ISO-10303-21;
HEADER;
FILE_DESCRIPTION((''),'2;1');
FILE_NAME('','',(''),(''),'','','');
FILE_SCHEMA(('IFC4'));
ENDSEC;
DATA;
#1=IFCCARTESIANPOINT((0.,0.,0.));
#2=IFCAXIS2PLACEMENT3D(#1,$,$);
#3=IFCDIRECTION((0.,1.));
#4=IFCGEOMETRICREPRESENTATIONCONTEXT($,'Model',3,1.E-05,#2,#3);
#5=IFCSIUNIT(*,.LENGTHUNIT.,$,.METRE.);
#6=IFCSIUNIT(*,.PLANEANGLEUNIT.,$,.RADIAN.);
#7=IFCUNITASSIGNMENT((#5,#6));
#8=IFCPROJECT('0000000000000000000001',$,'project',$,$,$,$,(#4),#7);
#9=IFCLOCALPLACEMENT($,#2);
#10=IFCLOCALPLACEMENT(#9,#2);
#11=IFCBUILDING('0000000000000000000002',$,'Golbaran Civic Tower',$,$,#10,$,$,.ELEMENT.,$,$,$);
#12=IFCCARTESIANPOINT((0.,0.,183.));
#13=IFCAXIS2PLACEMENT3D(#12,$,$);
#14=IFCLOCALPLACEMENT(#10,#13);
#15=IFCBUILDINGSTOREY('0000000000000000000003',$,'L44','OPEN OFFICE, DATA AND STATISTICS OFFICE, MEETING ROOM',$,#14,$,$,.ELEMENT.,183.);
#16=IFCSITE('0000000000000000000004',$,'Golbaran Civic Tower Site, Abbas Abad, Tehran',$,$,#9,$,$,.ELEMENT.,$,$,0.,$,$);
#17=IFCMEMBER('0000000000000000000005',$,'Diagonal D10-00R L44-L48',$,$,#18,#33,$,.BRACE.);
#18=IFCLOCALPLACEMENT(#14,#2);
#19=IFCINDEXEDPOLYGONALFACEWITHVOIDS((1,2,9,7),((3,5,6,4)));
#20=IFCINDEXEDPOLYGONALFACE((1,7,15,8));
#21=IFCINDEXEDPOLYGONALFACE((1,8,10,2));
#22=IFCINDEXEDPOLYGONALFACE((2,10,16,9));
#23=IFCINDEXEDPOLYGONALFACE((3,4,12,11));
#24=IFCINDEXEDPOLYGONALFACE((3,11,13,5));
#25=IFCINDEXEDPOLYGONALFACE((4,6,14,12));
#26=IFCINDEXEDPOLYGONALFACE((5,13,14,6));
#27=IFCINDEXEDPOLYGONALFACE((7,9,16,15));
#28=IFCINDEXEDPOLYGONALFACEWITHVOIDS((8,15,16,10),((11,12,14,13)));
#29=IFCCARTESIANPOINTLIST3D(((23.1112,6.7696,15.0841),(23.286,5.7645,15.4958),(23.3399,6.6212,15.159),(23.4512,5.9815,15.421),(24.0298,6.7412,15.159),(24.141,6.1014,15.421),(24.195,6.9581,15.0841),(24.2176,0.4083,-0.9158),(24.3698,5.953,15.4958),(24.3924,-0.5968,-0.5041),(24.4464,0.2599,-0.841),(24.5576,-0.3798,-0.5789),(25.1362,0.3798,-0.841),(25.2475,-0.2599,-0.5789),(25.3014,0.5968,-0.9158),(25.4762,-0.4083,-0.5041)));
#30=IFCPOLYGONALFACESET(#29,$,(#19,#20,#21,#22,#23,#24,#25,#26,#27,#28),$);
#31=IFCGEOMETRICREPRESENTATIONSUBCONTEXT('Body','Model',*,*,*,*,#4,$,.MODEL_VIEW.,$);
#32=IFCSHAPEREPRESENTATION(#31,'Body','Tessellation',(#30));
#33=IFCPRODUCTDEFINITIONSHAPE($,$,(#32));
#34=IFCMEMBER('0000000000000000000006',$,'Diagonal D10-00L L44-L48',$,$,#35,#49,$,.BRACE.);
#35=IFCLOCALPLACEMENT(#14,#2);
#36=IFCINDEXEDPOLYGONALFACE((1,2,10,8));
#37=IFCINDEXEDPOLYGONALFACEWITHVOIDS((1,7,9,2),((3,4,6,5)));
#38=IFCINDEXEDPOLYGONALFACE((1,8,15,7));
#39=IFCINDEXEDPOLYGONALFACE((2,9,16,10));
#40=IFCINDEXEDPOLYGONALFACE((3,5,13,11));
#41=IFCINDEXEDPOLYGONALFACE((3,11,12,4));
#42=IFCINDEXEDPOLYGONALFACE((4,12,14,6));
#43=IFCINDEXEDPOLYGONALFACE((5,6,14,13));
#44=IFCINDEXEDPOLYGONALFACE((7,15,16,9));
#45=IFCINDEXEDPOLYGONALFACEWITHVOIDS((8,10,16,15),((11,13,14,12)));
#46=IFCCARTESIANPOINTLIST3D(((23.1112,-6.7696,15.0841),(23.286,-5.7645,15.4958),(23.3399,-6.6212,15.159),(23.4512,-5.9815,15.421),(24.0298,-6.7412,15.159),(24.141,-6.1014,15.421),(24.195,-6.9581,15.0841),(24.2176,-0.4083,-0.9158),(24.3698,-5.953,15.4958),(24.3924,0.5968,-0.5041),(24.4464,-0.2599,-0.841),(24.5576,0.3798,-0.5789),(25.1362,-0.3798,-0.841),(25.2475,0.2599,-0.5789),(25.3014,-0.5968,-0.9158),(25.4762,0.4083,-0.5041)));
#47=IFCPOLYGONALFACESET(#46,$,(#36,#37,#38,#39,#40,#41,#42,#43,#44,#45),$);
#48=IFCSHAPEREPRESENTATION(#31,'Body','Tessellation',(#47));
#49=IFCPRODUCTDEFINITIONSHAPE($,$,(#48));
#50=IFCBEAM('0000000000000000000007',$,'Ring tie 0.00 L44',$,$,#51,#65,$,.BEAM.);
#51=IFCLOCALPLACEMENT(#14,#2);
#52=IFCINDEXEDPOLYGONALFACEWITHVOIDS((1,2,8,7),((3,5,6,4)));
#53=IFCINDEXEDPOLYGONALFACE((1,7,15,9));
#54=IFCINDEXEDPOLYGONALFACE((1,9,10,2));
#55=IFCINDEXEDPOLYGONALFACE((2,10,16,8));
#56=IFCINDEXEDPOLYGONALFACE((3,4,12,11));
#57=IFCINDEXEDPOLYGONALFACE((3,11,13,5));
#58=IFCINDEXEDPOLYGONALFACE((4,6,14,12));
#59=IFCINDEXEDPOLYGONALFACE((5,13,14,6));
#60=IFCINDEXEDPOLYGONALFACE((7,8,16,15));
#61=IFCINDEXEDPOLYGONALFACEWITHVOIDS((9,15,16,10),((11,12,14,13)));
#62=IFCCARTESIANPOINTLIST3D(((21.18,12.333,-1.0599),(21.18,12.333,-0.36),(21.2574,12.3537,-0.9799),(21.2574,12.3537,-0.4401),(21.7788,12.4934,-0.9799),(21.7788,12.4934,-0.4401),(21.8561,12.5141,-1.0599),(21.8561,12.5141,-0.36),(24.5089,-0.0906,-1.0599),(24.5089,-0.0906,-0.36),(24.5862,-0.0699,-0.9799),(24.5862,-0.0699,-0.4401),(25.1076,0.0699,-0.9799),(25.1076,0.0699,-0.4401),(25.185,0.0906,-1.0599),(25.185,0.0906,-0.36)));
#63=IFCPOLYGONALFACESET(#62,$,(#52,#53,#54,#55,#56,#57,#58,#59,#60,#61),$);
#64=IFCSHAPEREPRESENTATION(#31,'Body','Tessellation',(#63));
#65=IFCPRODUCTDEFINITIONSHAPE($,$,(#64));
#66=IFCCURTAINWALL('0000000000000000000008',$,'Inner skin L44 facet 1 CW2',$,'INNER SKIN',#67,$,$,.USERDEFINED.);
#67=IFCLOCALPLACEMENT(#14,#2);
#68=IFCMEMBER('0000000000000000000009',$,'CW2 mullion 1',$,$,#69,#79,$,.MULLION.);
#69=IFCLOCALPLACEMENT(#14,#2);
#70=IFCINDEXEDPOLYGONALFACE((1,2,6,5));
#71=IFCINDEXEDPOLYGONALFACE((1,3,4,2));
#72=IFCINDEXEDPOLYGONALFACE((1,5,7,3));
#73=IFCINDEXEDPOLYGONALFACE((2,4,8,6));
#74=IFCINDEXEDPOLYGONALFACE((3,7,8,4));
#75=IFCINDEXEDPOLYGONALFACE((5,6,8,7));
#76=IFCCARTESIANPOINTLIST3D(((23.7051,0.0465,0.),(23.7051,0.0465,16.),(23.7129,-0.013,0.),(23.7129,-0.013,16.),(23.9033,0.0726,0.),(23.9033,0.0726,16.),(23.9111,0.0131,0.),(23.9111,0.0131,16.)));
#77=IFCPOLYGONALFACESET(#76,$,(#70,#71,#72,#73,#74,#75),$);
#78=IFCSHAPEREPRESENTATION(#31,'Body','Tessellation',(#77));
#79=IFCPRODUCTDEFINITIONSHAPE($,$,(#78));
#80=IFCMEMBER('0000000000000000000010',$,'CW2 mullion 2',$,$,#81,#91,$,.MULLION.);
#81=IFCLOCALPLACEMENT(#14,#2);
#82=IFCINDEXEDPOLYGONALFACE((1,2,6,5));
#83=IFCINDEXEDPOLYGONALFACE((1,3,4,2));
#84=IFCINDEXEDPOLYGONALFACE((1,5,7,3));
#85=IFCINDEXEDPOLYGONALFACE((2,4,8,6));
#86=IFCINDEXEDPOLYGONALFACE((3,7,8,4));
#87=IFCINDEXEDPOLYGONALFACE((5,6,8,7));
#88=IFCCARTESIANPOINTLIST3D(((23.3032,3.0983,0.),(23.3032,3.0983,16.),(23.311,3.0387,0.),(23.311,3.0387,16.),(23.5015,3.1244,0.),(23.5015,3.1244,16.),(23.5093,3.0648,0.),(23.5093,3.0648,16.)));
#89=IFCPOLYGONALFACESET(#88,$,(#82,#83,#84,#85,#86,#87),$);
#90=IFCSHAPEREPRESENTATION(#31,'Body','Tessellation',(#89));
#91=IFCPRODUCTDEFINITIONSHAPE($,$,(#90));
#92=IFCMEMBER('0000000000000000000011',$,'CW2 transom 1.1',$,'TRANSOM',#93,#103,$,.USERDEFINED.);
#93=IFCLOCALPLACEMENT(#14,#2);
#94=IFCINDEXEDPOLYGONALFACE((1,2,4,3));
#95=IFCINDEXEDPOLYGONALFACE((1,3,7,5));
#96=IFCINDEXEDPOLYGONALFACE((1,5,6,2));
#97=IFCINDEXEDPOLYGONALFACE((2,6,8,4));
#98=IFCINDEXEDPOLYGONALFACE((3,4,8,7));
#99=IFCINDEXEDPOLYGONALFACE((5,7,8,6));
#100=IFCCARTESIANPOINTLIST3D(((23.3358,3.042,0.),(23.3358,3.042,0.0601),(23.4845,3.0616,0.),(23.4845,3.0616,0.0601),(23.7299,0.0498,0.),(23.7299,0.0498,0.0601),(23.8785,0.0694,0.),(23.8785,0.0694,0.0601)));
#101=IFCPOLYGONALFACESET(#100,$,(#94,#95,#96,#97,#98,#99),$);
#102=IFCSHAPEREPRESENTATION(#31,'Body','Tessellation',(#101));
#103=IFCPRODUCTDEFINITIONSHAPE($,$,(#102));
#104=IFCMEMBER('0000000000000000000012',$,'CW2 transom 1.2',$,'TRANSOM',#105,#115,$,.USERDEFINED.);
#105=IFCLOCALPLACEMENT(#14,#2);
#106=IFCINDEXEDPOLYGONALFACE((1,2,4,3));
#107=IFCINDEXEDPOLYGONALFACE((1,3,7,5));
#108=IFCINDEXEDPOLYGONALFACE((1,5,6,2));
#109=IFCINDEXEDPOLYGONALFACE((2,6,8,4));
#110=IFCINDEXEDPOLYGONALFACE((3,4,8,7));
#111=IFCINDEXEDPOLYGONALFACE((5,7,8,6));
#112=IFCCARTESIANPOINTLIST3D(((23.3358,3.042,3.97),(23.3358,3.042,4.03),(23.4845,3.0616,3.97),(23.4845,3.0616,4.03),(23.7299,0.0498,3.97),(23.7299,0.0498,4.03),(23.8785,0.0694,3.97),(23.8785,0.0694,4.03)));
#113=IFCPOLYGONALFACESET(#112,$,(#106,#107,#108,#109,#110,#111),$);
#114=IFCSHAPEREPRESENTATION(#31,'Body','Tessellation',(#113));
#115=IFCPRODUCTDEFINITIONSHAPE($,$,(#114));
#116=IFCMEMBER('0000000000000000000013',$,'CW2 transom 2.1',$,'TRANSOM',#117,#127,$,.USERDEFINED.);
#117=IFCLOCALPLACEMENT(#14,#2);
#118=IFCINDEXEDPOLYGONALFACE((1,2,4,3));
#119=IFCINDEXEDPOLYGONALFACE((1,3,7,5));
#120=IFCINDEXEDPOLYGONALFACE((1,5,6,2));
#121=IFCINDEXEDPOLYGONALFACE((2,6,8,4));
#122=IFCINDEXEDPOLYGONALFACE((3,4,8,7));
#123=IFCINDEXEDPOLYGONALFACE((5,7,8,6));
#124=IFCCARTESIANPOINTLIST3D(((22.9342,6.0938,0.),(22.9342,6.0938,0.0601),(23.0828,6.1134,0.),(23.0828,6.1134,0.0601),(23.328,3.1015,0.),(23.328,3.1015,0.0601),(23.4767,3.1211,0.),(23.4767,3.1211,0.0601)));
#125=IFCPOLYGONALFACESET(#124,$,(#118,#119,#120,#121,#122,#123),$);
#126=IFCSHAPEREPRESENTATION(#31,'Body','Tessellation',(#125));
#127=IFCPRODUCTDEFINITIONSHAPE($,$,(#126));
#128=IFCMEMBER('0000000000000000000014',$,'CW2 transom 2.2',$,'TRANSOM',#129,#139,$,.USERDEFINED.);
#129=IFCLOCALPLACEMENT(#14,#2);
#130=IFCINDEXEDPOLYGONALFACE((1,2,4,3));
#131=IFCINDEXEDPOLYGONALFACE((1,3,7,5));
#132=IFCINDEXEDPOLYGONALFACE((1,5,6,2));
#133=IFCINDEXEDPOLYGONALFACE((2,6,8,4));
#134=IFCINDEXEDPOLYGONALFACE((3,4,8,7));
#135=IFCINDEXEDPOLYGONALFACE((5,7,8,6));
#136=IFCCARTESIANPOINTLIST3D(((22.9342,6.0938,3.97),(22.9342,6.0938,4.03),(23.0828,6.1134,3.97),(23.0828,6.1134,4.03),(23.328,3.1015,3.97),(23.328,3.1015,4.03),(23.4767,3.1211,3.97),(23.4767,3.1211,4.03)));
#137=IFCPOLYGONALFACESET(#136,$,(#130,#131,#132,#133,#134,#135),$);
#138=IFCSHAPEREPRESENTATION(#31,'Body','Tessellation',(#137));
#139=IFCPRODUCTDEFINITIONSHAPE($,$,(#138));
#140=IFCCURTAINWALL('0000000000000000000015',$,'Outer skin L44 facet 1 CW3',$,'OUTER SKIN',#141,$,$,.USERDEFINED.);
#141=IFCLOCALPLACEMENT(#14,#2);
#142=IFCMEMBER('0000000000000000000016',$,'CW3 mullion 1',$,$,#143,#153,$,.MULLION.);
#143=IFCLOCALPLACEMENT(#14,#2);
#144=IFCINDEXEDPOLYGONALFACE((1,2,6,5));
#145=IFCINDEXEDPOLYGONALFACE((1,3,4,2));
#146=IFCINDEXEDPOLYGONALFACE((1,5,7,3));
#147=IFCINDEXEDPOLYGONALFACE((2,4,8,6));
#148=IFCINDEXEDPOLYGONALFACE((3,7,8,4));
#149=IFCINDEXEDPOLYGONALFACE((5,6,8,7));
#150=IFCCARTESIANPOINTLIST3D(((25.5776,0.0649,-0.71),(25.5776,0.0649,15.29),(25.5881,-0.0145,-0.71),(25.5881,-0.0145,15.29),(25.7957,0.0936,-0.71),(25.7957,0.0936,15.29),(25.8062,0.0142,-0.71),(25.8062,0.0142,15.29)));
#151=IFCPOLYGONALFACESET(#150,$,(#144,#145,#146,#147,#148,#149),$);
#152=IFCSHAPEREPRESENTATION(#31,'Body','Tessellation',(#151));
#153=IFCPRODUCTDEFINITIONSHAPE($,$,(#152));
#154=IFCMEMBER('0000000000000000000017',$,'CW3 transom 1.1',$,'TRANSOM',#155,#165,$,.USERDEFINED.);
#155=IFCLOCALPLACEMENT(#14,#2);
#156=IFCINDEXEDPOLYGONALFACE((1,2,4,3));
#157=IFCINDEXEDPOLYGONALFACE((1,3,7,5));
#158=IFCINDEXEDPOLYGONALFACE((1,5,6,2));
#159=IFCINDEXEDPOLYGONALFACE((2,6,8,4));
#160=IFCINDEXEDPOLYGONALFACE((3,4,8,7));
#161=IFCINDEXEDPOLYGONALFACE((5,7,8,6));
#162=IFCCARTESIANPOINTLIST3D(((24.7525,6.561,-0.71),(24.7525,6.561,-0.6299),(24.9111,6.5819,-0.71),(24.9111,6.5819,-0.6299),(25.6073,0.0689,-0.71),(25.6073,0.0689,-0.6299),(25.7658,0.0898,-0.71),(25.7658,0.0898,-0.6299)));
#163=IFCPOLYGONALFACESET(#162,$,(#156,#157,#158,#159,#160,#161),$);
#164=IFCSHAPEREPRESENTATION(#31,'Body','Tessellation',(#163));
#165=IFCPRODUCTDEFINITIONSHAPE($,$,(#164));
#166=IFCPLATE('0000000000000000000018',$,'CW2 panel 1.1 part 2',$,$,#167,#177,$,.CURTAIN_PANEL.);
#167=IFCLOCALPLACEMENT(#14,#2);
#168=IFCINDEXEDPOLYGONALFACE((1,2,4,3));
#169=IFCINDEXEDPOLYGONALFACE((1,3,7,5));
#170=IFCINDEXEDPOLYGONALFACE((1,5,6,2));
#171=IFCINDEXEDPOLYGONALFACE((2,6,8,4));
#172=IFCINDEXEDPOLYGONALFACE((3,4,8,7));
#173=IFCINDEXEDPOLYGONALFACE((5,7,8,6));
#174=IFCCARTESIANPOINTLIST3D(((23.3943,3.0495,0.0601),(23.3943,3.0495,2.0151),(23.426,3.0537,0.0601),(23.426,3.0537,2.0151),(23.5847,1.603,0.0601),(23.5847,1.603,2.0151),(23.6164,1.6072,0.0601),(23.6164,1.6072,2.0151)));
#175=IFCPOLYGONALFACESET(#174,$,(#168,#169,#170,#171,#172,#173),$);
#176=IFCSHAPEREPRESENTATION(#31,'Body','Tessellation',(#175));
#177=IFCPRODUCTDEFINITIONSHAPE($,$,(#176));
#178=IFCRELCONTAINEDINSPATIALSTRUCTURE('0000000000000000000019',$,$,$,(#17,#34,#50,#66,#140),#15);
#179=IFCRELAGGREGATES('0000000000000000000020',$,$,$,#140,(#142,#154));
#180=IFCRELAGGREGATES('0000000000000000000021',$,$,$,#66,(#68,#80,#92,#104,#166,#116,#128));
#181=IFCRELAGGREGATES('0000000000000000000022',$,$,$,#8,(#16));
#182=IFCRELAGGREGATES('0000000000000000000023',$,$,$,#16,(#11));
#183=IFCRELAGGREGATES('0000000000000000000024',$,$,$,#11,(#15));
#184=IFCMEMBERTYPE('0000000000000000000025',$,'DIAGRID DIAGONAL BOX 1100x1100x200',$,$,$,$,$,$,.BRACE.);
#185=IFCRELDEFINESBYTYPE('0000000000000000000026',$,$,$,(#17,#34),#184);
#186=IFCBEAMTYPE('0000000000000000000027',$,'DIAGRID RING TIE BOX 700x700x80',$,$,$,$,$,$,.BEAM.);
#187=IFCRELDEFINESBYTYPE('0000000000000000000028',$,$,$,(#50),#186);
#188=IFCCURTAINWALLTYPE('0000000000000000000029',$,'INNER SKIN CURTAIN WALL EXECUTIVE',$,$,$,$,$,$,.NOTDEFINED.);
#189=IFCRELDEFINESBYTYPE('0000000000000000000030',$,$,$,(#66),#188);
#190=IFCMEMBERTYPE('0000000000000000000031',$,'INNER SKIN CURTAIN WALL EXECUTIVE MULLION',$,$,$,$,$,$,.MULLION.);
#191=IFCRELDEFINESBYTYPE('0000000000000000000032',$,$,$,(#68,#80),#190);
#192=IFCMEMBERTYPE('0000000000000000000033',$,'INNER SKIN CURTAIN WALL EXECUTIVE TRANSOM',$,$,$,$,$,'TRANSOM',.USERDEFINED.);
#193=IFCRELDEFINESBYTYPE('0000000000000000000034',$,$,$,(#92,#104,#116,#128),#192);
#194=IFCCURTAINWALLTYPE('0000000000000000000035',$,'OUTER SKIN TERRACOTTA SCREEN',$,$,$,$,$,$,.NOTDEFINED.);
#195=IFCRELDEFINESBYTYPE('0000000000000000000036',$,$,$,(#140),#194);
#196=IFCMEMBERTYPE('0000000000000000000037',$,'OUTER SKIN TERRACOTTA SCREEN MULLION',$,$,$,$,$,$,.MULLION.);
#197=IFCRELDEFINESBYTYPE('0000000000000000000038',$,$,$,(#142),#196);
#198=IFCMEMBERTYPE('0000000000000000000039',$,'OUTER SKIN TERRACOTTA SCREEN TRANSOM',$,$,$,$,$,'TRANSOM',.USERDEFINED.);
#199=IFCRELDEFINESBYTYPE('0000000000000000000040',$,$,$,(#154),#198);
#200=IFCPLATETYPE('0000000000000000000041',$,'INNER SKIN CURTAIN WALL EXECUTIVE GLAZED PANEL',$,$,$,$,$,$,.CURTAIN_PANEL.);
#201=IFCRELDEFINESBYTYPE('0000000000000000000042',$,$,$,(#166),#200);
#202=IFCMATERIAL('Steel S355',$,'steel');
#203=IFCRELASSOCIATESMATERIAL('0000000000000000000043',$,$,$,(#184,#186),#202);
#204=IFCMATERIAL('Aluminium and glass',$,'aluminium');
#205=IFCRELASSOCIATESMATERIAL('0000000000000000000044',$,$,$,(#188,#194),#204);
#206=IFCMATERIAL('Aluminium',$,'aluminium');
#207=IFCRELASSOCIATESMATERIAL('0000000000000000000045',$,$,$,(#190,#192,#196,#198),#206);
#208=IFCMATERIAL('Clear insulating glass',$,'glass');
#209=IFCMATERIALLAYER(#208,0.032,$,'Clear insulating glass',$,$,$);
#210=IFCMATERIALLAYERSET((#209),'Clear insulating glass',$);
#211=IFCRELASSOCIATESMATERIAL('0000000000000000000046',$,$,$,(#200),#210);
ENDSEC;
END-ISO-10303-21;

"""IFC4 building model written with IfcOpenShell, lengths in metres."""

from ifc_helpers import new_model, si_unit, direction, frame, origin, origin_2d, place, context, subcontext, project, spatial, rectangle, hollow_rectangle, extrude, material, layer, layer_set, material_profile, profile_set, type_object, element, aggregate, save


model = new_model("IFC4")

# Units and contexts
model_context = context("Model", 3, precision=1e-05, world=origin(), true_north=direction((0.0, 1.0)))
body_context = subcontext(model_context, "Body", "Model", "MODEL_VIEW")
ifc_project = project(units=[si_unit("LENGTHUNIT", "METRE"), si_unit("PLANEANGLEUNIT", "RADIAN")], contexts=[model_context])

# Site, building, storey
site_placement = place(None, origin())
site = spatial("IfcSite", under=ifc_project, at=site_placement, Name="Golbaran Civic Tower Site, Abbas Abad, Tehran", CompositionType="ELEMENT", RefElevation=0.0)
building_placement = place(site_placement, origin())
building = spatial("IfcBuilding", under=site, at=building_placement, Name="Golbaran Civic Tower", CompositionType="ELEMENT")
storey_placement = place(building_placement, frame((0.0, 0.0, 183.0)))
storey = spatial("IfcBuildingStorey", under=building, at=storey_placement, Name="L44", Description="OPEN OFFICE, DATA AND STATISTICS OFFICE, MEETING ROOM", CompositionType="ELEMENT", Elevation=183.0)

# Members
ifc_material_1 = material(Name="Steel S355", Category="steel")
ifc_material_profile_1 = material_profile(ifc_material_1, hollow_rectangle(XDim=1.1001, YDim=1.1001, WallThickness=0.2, at=origin_2d()), Name="BOX 1100x1100x200")
ifc_profile_set_1 = profile_set([ifc_material_profile_1], Name="Steel S355")
member_type_1 = type_object("IfcMemberType", Name="DIAGRID DIAGONAL BOX 1100x1100x200", PredefinedType="BRACE", material=ifc_profile_set_1)
for number, where, z_axis, x_axis, name in (
    (1, (24.8469, 0.0, -0.71), (-0.064128, 0.368693, 0.927336), (-0.985208, -0.17136, 0.0), "Diagonal D10-00R L44-L48"),
    (2, (24.8469, 0.0, -0.71), (-0.064128, -0.368693, 0.927336), (0.985208, -0.17136, 0.0), "Diagonal D10-00L L44-L48"),
):
    element("IfcMember", number, at=place(storey_placement, frame(where, z_axis=z_axis, x_axis=x_axis)), inside=storey, type_object=member_type_1, Name=name, PredefinedType="BRACE", context=body_context, shape_type="SweptSolid", body=[
        extrude(hollow_rectangle(XDim=1.1001, YDim=1.1001, WallThickness=0.2, at=origin_2d()), origin(), (0.0, 0.0, 1.0), 17.2537),
    ])

# Beam
ifc_material_profile_2 = material_profile(ifc_material_1, hollow_rectangle(XDim=0.7, YDim=0.7, WallThickness=0.0801, at=origin_2d()), Name="BOX 700x700x80")
ifc_profile_set_2 = profile_set([ifc_material_profile_2], Name="Steel S355")
beam_type = type_object("IfcBeamType", Name="DIAGRID RING TIE BOX 700x700x80", PredefinedType="BEAM", material=ifc_profile_set_2)
beam_placement = place(storey_placement, frame((24.8469, 0.0, -0.71), z_axis=(-0.258817, 0.965926, 0.0), x_axis=(-0.965926, -0.258817, 0.0)))
element("IfcBeam", 3, at=beam_placement, inside=storey, type_object=beam_type, Name="Ring tie 0.00 L44", PredefinedType="BEAM", context=body_context, shape_type="SweptSolid", body=[
    extrude(hollow_rectangle(XDim=0.7, YDim=0.7, WallThickness=0.0801, at=origin_2d()), origin(), (0.0, 0.0, 1.0), 12.8618),
])

# Curtain walls, members
ifc_material_2 = material(Name="Aluminium and glass", Category="aluminium")
curtain_wall_type_1 = type_object("IfcCurtainWallType", Name="INNER SKIN CURTAIN WALL EXECUTIVE", PredefinedType="NOTDEFINED", material=ifc_material_2)
curtain_wall_1_placement = place(storey_placement, origin())
curtain_wall_1 = element("IfcCurtainWall", 4, at=curtain_wall_1_placement, inside=storey, type_object=curtain_wall_type_1, Name="Inner skin L44 facet 1 CW2", ObjectType="INNER SKIN", PredefinedType="USERDEFINED")
ifc_material_3 = material(Name="Aluminium", Category="aluminium")
ifc_material_profile_3 = material_profile(ifc_material_3, rectangle(XDim=0.2, YDim=0.0601, at=origin_2d()), Name="INNER SKIN CURTAIN WALL EXECUTIVE MULLION")
ifc_profile_set_3 = profile_set([ifc_material_profile_3], Name="Aluminium")
member_type_2 = type_object("IfcMemberType", Name="INNER SKIN CURTAIN WALL EXECUTIVE MULLION", PredefinedType="MULLION", material=ifc_profile_set_3)
member_1_placement = place(storey_placement, frame((23.8081, 0.0298, 0.0), z_axis=(0.0, 0.0, 1.0), x_axis=(-0.991445, -0.130526, 0.0)))
member_1 = element("IfcMember", 5, at=member_1_placement, type_object=member_type_2, Name="CW2 mullion 1", PredefinedType="MULLION", context=body_context, shape_type="SweptSolid", body=[
    extrude(rectangle(XDim=0.2, YDim=0.0601, at=origin_2d()), origin(), (0.0, 0.0, 1.0), 16.0),
])
member_2_placement = place(storey_placement, frame((23.4062, 3.0815, 0.0), z_axis=(0.0, 0.0, 1.0), x_axis=(-0.991445, -0.130526, 0.0)))
member_2 = element("IfcMember", 6, at=member_2_placement, type_object=member_type_2, Name="CW2 mullion 2", PredefinedType="MULLION", context=body_context, shape_type="SweptSolid", body=[
    extrude(rectangle(XDim=0.2, YDim=0.0601, at=origin_2d()), origin(), (0.0, 0.0, 1.0), 16.0),
])
ifc_material_profile_4 = material_profile(ifc_material_3, rectangle(XDim=0.1499, YDim=0.0601, at=origin_2d()), Name="INNER SKIN CURTAIN WALL EXECUTIVE TRANSOM")
ifc_profile_set_4 = profile_set([ifc_material_profile_4], Name="Aluminium")
member_type_3 = type_object("IfcMemberType", Name="INNER SKIN CURTAIN WALL EXECUTIVE TRANSOM", ElementType="TRANSOM", PredefinedType="USERDEFINED", material=ifc_profile_set_4)
member_3_placement = place(storey_placement, frame((23.8042, 0.0596, 0.03), z_axis=(-0.130563, 0.99144, 0.0), x_axis=(-0.99144, -0.130563, 0.0)))
member_3 = element("IfcMember", 7, at=member_3_placement, type_object=member_type_3, Name="CW2 transom 1.1", ObjectType="TRANSOM", PredefinedType="USERDEFINED", context=body_context, shape_type="SweptSolid", body=[
    extrude(rectangle(XDim=0.1499, YDim=0.0601, at=origin_2d()), origin(), (0.0, 0.0, 1.0), 3.0181),
])
member_4_placement = place(storey_placement, frame((23.8042, 0.0596, 4.0), z_axis=(-0.130563, 0.99144, 0.0), x_axis=(-0.99144, -0.130563, 0.0)))
member_4 = element("IfcMember", 8, at=member_4_placement, type_object=member_type_3, Name="CW2 transom 1.2", ObjectType="TRANSOM", PredefinedType="USERDEFINED", context=body_context, shape_type="SweptSolid", body=[
    extrude(rectangle(XDim=0.1499, YDim=0.0601, at=origin_2d()), origin(), (0.0, 0.0, 1.0), 3.0181),
])
member_5_placement = place(storey_placement, frame((23.4023, 3.1113, 0.03), z_axis=(-0.130484, 0.99145, 0.0), x_axis=(-0.99145, -0.130484, 0.0)))
member_5 = element("IfcMember", 9, at=member_5_placement, type_object=member_type_3, Name="CW2 transom 2.1", ObjectType="TRANSOM", PredefinedType="USERDEFINED", context=body_context, shape_type="SweptSolid", body=[
    extrude(rectangle(XDim=0.1499, YDim=0.0601, at=origin_2d()), origin(), (0.0, 0.0, 1.0), 3.0181),
])
member_6_placement = place(storey_placement, frame((23.4023, 3.1113, 4.0), z_axis=(-0.130484, 0.99145, 0.0), x_axis=(-0.99145, -0.130484, 0.0)))
member_6 = element("IfcMember", 10, at=member_6_placement, type_object=member_type_3, Name="CW2 transom 2.2", ObjectType="TRANSOM", PredefinedType="USERDEFINED", context=body_context, shape_type="SweptSolid", body=[
    extrude(rectangle(XDim=0.1499, YDim=0.0601, at=origin_2d()), origin(), (0.0, 0.0, 1.0), 3.0181),
])
curtain_wall_type_2 = type_object("IfcCurtainWallType", Name="OUTER SKIN TERRACOTTA SCREEN", PredefinedType="NOTDEFINED", material=ifc_material_2)
curtain_wall_2_placement = place(storey_placement, origin())
curtain_wall_2 = element("IfcCurtainWall", 11, at=curtain_wall_2_placement, inside=storey, type_object=curtain_wall_type_2, Name="Outer skin L44 facet 1 CW3", ObjectType="OUTER SKIN", PredefinedType="USERDEFINED")
ifc_material_profile_5 = material_profile(ifc_material_3, rectangle(XDim=0.22, YDim=0.0801, at=origin_2d()), Name="OUTER SKIN TERRACOTTA SCREEN MULLION")
ifc_profile_set_5 = profile_set([ifc_material_profile_5], Name="Aluminium")
member_type_4 = type_object("IfcMemberType", Name="OUTER SKIN TERRACOTTA SCREEN MULLION", PredefinedType="MULLION", material=ifc_profile_set_5)
member_7_placement = place(storey_placement, frame((25.6919, 0.0396, -0.71), z_axis=(0.0, 0.0, 1.0), x_axis=(-0.991445, -0.130526, 0.0)))
member_7 = element("IfcMember", 12, at=member_7_placement, type_object=member_type_4, Name="CW3 mullion 1", PredefinedType="MULLION", context=body_context, shape_type="SweptSolid", body=[
    extrude(rectangle(XDim=0.22, YDim=0.0801, at=origin_2d()), origin(), (0.0, 0.0, 1.0), 16.0),
])
ifc_material_profile_6 = material_profile(ifc_material_3, rectangle(XDim=0.1599, YDim=0.0801, at=origin_2d()), Name="OUTER SKIN TERRACOTTA SCREEN TRANSOM")
ifc_profile_set_6 = profile_set([ifc_material_profile_6], Name="Aluminium")
member_type_5 = type_object("IfcMemberType", Name="OUTER SKIN TERRACOTTA SCREEN TRANSOM", ElementType="TRANSOM", PredefinedType="USERDEFINED", material=ifc_profile_set_6)
member_8_placement = place(storey_placement, frame((25.6865, 0.0793, -0.6699), z_axis=(-0.13053, 0.991444, 0.0), x_axis=(-0.991444, -0.13053, 0.0)))
member_8 = element("IfcMember", 13, at=member_8_placement, type_object=member_type_5, Name="CW3 transom 1.1", ObjectType="TRANSOM", PredefinedType="USERDEFINED", context=body_context, shape_type="SweptSolid", body=[
    extrude(rectangle(XDim=0.1599, YDim=0.0801, at=origin_2d()), origin(), (0.0, 0.0, 1.0), 6.5481),
])
aggregate(curtain_wall_2, [member_7, member_8])

# Plate
ifc_material_4 = material(Name="Clear insulating glass", Category="glass")
ifc_layer_1 = layer(ifc_material_4, 0.032, Name="Clear insulating glass")
ifc_layer_set_1 = layer_set([ifc_layer_1], Name="Clear insulating glass")
plate_type_1 = type_object("IfcPlateType", Name="INNER SKIN CURTAIN WALL EXECUTIVE GLAZED PANEL", PredefinedType="CURTAIN_PANEL", material=ifc_layer_set_1)
plate_1_placement = place(storey_placement, frame((23.5054, 2.3284, 0.0601), z_axis=(0.0, 0.0, 1.0), x_axis=(-0.130526, 0.991445, 0.0)))
plate_1 = element("IfcPlate", 14, at=plate_1_placement, type_object=plate_type_1, Name="CW2 panel 1.1 part 2", PredefinedType="CURTAIN_PANEL", context=body_context, shape_type="SweptSolid", body=[
    extrude(rectangle(XDim=1.459, YDim=0.032, at=origin_2d()), origin(), (0.0, 0.0, 1.0), 1.9551),
])
aggregate(curtain_wall_1, [member_1, member_2, member_3, member_4, plate_1, member_5, member_6])

save(model, "model.ifc")
